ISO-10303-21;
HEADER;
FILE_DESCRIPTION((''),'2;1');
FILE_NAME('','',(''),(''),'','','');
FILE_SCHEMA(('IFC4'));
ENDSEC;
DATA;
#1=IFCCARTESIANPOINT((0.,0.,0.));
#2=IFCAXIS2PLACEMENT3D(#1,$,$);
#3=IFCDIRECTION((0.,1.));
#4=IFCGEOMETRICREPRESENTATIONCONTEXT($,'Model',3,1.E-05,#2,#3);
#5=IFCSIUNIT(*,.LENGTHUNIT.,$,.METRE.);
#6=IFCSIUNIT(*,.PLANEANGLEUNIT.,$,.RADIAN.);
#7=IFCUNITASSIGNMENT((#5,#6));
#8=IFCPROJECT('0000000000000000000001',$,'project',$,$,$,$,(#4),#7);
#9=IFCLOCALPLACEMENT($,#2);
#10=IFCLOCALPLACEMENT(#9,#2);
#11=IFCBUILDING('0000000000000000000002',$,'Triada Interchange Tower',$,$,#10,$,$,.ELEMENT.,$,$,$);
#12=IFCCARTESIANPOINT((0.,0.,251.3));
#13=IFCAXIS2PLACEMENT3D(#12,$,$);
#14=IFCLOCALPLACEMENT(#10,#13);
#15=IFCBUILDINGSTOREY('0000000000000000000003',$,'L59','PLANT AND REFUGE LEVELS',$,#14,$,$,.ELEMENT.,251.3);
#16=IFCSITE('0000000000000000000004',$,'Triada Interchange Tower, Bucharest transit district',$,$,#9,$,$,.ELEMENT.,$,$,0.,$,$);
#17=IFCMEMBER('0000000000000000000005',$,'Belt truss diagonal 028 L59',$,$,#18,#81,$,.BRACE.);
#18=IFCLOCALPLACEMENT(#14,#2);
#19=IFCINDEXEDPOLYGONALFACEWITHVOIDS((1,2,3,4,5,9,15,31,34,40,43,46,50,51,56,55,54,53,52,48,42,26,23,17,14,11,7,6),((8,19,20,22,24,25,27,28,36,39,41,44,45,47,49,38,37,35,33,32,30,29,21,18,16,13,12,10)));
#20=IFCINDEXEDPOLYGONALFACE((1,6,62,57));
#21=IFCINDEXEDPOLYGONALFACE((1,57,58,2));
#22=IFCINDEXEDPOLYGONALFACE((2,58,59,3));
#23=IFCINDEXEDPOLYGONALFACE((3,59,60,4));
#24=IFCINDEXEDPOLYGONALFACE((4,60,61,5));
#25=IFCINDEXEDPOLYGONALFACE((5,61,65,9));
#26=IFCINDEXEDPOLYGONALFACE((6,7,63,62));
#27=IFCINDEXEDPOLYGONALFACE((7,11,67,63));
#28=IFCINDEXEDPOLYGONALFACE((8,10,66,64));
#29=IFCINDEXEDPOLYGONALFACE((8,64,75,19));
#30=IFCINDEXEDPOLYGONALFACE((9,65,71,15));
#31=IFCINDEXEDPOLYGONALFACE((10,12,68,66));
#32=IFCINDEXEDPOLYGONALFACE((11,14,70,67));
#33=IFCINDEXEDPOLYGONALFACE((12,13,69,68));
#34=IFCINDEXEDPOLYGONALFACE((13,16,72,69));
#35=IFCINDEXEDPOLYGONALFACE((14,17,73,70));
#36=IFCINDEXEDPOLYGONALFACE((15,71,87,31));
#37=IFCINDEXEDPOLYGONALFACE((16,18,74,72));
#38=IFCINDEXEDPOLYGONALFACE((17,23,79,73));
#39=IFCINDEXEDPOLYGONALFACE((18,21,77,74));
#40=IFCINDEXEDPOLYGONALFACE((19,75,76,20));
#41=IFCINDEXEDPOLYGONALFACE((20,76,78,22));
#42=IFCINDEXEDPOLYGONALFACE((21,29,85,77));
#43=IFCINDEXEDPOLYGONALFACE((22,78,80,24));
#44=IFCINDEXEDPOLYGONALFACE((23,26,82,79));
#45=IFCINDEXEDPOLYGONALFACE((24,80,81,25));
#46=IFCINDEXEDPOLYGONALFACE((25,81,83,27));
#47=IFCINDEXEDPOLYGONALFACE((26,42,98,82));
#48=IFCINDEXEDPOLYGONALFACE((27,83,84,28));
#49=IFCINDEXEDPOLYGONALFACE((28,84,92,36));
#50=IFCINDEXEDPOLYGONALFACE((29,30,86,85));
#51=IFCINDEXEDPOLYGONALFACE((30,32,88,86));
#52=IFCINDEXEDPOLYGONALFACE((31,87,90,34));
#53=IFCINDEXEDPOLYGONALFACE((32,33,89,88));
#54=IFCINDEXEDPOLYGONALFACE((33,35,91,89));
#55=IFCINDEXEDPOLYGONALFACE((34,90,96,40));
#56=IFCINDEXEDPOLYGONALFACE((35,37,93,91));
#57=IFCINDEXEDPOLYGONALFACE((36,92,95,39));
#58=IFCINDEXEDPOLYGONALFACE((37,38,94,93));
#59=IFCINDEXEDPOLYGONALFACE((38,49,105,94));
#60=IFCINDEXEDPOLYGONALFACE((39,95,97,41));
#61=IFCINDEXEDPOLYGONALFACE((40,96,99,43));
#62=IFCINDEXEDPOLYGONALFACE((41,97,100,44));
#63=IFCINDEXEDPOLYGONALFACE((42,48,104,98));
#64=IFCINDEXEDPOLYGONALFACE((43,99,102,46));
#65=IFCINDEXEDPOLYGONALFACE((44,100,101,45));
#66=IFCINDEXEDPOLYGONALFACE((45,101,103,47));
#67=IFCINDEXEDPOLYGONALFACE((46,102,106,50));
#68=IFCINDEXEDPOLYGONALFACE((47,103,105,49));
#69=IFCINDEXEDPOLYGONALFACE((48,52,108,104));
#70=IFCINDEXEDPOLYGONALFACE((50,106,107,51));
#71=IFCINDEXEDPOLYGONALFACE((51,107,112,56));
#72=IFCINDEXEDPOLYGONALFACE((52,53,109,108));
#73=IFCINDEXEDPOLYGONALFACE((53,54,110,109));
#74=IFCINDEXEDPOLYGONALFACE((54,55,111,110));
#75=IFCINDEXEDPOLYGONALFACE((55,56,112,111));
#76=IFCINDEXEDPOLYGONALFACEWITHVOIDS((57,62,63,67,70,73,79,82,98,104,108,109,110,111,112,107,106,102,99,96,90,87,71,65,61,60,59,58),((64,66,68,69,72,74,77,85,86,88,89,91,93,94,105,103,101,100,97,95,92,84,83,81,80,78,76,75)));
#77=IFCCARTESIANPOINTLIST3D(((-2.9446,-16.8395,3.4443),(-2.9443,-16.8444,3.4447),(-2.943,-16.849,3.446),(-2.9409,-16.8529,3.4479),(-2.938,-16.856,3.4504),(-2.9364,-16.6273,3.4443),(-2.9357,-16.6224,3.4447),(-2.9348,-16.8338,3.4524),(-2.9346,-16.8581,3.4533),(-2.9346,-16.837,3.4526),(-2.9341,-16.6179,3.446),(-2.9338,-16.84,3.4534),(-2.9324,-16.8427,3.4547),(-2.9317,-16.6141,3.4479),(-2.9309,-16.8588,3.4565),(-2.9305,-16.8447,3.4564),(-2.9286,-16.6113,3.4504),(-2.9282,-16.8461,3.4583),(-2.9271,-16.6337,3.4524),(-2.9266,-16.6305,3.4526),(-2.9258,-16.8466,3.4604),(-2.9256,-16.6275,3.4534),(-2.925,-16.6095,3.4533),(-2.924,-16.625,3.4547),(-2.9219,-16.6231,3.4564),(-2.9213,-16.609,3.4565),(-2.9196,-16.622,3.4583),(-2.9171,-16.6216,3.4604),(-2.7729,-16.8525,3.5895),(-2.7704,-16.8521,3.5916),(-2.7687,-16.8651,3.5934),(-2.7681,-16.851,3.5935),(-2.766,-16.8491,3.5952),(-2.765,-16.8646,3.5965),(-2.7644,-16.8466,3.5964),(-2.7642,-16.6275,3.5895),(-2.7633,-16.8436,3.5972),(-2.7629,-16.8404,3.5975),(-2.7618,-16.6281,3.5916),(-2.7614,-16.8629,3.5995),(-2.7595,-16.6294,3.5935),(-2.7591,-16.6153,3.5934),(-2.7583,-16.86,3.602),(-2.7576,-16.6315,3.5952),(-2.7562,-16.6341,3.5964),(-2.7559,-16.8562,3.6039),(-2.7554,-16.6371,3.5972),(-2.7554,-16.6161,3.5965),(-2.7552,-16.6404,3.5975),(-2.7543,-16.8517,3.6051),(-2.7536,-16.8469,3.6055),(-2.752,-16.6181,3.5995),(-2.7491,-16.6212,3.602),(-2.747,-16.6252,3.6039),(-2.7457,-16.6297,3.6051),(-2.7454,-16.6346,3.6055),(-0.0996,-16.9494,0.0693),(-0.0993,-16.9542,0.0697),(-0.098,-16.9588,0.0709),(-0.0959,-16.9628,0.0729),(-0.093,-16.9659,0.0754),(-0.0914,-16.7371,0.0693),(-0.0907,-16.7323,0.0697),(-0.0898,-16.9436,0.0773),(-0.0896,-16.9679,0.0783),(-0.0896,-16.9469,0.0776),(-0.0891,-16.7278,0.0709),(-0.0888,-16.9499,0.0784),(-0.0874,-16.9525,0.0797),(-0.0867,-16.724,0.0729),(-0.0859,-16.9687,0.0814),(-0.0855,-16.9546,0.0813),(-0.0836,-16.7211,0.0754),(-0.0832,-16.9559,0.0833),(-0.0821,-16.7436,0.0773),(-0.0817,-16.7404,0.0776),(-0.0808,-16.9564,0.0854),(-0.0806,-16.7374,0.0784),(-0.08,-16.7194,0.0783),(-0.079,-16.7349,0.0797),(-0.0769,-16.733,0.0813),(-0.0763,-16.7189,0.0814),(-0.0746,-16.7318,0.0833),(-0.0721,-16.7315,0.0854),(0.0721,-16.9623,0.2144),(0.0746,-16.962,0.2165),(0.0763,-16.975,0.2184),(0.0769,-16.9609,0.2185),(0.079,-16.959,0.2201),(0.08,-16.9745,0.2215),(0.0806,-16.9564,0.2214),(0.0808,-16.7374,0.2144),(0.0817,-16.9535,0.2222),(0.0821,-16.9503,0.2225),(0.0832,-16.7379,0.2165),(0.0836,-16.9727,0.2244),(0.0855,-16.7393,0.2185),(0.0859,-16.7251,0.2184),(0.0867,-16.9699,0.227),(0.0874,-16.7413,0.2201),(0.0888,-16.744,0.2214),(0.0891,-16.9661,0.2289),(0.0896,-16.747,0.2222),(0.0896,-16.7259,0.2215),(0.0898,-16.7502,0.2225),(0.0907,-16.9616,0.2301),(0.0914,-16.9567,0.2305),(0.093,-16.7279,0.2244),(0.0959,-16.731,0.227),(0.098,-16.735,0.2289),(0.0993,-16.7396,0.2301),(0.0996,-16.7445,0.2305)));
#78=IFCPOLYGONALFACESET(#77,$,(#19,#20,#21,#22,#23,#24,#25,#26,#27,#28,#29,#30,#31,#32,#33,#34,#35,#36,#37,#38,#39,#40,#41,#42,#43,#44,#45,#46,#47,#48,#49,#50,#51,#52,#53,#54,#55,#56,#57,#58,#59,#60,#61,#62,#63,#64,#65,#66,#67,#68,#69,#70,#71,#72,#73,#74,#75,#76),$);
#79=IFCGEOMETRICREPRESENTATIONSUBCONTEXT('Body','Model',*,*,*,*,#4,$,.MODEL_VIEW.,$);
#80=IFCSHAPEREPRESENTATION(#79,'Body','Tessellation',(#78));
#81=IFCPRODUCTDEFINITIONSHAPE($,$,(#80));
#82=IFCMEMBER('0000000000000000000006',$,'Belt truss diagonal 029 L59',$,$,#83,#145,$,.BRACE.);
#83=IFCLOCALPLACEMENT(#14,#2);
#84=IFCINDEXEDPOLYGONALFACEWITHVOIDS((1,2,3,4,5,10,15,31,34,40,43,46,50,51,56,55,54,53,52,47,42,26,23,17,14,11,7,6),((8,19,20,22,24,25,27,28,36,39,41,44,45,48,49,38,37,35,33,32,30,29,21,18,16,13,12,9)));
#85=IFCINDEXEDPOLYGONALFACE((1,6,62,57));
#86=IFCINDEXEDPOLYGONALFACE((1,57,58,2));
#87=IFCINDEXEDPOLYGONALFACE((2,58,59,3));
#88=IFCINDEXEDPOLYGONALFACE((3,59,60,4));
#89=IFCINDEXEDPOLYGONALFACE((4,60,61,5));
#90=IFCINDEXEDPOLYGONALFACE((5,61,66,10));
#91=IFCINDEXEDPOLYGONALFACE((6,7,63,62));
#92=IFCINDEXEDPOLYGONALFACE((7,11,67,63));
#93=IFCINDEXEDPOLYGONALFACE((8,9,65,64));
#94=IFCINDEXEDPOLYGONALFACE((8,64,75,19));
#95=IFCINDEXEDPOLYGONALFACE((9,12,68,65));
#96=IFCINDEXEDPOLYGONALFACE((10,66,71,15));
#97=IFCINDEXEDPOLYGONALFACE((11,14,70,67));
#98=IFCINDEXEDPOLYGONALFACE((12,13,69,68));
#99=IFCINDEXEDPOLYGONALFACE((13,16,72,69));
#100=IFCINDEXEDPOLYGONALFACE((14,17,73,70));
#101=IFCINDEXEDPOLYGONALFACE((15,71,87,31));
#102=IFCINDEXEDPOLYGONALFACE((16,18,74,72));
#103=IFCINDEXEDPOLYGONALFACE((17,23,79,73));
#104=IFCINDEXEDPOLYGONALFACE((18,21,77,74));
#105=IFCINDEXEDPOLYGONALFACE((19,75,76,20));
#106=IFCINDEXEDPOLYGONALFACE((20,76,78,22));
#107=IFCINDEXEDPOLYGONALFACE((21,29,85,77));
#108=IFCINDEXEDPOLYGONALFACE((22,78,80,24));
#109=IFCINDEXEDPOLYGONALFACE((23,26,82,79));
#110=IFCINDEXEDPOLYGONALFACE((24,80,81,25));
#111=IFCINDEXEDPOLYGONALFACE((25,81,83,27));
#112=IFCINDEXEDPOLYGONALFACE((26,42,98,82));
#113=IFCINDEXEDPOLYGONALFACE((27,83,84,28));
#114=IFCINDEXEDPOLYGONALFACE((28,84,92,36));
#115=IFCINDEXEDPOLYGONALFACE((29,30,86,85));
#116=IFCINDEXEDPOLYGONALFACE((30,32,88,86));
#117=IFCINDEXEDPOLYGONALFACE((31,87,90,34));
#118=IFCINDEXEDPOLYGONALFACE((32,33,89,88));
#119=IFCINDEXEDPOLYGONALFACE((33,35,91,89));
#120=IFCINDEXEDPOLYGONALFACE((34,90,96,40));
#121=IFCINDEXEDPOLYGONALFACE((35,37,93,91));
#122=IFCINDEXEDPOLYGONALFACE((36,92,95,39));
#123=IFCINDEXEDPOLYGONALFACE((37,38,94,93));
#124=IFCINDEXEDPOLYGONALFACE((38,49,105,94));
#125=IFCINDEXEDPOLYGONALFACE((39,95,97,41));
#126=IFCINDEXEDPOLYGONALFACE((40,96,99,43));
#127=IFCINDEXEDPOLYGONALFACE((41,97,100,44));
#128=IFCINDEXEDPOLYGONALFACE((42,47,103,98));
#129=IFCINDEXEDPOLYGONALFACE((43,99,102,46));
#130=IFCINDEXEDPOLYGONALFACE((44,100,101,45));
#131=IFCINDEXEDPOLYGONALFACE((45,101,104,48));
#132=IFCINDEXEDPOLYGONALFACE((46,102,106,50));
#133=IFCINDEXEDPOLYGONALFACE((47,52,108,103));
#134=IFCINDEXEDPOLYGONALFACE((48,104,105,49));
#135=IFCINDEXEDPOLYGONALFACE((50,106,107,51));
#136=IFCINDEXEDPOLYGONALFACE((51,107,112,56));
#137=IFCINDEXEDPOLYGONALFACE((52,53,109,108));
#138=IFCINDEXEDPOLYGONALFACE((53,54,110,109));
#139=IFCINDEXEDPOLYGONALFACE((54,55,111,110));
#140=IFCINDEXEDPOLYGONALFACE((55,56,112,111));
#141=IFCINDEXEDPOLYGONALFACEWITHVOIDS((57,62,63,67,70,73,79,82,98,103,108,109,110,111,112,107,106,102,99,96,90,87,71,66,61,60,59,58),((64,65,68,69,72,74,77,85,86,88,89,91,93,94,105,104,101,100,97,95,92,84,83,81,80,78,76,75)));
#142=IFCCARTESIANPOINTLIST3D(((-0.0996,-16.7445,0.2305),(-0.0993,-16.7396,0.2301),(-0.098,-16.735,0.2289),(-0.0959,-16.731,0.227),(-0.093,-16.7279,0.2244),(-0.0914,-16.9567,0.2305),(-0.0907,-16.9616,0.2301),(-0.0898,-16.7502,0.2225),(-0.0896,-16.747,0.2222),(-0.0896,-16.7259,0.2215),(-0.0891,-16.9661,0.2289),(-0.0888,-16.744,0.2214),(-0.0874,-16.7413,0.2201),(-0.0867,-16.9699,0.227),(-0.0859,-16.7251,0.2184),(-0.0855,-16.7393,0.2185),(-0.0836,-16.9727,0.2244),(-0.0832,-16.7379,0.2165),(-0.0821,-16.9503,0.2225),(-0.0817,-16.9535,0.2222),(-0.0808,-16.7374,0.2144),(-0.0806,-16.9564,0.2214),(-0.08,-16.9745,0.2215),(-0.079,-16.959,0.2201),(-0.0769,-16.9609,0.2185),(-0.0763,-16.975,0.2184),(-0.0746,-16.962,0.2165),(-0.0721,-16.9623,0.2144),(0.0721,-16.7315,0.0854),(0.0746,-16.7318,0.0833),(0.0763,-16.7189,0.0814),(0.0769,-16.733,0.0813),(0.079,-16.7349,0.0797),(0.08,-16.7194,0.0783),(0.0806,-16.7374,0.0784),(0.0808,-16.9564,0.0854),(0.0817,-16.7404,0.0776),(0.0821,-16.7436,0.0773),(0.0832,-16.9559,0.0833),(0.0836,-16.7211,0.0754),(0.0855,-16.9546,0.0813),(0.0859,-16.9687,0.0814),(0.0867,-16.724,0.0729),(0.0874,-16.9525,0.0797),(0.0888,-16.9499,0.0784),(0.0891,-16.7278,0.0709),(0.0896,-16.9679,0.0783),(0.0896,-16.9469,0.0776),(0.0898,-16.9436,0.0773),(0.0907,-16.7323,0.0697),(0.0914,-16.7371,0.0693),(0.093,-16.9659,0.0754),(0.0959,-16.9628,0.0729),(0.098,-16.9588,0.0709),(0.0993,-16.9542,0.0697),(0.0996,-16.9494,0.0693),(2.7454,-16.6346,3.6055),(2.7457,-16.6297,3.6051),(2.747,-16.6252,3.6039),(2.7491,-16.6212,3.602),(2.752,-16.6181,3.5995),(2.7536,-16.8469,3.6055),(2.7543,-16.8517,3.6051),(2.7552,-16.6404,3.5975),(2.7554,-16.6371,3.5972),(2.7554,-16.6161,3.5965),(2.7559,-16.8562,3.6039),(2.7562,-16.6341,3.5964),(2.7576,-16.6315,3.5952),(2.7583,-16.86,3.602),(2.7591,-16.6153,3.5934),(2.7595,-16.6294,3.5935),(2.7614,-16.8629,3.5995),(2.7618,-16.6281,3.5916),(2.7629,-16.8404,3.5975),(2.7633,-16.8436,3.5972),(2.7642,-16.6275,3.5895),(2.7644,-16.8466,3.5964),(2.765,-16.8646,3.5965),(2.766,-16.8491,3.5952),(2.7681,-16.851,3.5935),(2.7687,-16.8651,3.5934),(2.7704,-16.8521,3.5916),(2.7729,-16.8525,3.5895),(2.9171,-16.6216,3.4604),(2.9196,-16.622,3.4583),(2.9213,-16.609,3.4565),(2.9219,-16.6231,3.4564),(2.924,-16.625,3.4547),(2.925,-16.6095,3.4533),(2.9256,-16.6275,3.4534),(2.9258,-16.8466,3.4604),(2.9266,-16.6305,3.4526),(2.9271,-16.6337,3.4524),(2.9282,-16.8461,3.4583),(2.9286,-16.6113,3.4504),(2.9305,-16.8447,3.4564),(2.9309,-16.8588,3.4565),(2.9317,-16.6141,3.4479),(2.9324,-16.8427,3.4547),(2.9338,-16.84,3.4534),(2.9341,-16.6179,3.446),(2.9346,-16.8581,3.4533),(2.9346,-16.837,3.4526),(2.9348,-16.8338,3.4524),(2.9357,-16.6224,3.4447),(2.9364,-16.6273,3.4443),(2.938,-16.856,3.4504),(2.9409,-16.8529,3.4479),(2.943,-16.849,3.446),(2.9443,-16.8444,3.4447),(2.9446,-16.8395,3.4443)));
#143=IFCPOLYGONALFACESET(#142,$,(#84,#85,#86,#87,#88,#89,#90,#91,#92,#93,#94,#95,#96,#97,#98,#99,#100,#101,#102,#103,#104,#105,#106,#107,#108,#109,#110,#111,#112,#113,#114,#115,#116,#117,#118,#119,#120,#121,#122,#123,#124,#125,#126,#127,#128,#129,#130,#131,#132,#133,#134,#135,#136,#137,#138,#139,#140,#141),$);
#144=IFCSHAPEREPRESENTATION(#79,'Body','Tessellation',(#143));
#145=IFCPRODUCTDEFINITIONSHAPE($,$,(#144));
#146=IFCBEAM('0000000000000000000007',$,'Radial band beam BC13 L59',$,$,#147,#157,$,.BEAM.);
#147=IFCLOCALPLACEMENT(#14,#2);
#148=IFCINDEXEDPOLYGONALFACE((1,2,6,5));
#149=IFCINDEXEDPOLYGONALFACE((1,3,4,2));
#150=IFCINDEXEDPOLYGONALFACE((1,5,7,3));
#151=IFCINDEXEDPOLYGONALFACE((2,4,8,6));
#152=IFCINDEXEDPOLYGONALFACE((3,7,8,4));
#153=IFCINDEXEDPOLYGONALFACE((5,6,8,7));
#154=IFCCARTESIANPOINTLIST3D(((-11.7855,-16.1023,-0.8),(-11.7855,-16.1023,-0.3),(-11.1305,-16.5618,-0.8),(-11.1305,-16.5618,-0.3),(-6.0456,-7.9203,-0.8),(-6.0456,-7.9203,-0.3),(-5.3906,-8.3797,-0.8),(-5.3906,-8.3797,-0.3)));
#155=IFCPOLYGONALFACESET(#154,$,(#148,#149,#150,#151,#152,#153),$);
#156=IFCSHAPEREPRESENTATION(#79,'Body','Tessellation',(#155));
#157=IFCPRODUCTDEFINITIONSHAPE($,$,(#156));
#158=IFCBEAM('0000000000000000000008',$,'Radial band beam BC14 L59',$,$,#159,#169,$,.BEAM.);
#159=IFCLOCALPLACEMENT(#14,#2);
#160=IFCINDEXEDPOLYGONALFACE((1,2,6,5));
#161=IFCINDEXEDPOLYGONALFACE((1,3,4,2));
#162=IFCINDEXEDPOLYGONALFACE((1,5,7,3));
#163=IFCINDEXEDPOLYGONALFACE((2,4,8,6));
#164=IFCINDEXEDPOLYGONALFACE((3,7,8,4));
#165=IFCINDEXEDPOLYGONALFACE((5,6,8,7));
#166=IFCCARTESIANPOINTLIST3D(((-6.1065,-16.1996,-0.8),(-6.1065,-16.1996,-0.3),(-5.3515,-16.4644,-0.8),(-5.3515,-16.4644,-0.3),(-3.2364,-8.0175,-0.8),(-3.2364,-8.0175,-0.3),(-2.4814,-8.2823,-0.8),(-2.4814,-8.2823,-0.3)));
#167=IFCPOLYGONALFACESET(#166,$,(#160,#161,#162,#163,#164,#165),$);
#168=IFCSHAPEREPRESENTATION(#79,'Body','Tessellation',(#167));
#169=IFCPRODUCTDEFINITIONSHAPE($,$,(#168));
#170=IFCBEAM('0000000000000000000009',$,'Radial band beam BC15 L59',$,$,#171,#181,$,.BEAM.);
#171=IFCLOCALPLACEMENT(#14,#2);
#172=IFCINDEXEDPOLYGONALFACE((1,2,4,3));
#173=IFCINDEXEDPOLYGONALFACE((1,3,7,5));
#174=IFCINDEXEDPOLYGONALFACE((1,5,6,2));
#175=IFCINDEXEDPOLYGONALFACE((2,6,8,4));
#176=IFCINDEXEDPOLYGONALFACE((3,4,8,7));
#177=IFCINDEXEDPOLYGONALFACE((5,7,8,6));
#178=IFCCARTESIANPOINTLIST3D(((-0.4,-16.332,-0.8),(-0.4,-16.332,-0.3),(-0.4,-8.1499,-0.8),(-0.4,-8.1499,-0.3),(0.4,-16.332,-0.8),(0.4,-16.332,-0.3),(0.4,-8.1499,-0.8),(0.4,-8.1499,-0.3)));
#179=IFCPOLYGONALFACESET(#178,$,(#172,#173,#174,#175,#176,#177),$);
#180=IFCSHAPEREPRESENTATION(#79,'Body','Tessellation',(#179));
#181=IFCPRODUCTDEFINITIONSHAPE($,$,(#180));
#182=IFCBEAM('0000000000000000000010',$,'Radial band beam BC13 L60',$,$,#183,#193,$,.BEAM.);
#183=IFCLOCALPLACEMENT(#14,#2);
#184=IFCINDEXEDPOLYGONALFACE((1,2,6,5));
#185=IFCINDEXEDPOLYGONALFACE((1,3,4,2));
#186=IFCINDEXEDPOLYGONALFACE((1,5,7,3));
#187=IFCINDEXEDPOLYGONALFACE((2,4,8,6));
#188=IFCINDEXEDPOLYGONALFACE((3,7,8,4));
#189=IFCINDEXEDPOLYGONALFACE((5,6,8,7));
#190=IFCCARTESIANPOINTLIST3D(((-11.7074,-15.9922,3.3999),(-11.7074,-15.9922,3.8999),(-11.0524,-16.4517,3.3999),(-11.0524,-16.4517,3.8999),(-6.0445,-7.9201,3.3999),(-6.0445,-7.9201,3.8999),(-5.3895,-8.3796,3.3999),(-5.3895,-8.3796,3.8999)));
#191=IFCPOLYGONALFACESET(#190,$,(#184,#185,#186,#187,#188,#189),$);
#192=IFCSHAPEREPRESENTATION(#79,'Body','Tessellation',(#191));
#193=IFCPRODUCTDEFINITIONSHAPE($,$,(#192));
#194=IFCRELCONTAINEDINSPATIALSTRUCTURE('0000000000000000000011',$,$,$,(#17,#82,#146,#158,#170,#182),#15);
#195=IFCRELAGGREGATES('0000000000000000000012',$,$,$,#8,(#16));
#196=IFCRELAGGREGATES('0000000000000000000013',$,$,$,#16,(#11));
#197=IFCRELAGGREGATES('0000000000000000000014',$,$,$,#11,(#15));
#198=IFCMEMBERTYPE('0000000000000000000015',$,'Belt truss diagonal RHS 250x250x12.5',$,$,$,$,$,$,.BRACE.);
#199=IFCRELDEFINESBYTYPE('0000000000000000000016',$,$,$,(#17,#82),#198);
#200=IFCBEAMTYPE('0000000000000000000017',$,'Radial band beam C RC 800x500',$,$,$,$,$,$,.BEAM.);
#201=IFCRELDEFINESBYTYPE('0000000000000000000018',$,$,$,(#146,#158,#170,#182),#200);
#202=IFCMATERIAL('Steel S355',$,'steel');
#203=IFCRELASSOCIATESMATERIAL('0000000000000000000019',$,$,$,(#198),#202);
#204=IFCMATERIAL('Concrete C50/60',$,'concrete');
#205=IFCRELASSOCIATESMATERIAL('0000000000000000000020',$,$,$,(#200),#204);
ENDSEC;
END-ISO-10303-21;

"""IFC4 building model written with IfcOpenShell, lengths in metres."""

from ifc_helpers import new_model, si_unit, direction, frame, origin, origin_2d, place, context, subcontext, project, spatial, rectangle, hollow_rectangle, extrude, material, material_profile, profile_set, type_object, element, save


model = new_model("IFC4")

# Units and contexts
model_context = context("Model", 3, precision=1e-05, world=origin(), true_north=direction((0.0, 1.0)))
body_context = subcontext(model_context, "Body", "Model", "MODEL_VIEW")
ifc_project = project(units=[si_unit("LENGTHUNIT", "METRE"), si_unit("PLANEANGLEUNIT", "RADIAN")], contexts=[model_context])

# Site, building, storey
site_placement = place(None, origin())
site = spatial("IfcSite", under=ifc_project, at=site_placement, Name="Triada Interchange Tower, Bucharest transit district", CompositionType="ELEMENT", RefElevation=0.0)
building_placement = place(site_placement, origin())
building = spatial("IfcBuilding", under=site, at=building_placement, Name="Triada Interchange Tower", CompositionType="ELEMENT")
storey_placement = place(building_placement, frame((0.0, 0.0, 251.3)))
storey = spatial("IfcBuildingStorey", under=building, at=storey_placement, Name="L59", Description="PLANT AND REFUGE LEVELS", CompositionType="ELEMENT", Elevation=251.3)

# Shared definitions
ifc_material_1 = material(Name="Concrete C50/60", Category="concrete")

# Members
ifc_material_2 = material(Name="Steel S355", Category="steel")
ifc_material_profile_1 = material_profile(ifc_material_2, hollow_rectangle(XDim=0.25, YDim=0.25, WallThickness=0.0125, InnerFilletRadius=0.0125, OuterFilletRadius=0.0188, at=origin_2d()), Name="RHS 250x250x12.5")
ifc_profile_set_1 = profile_set([ifc_material_profile_1], Name="Steel S355")
member_type = type_object("IfcMemberType", Name="Belt truss diagonal RHS 250x250x12.5", PredefinedType="BRACE", material=ifc_profile_set_1)
for number, where, z_axis, x_axis, name in (
    (1, (0.0, -16.8469, 0.1499), (-0.644316, 0.024881, 0.764355), (-0.038588, -0.999255, 0.0), "Belt truss diagonal 028 L59"),
    (2, (0.0, -16.8469, 0.1499), (0.644316, 0.024881, 0.764355), (-0.038588, 0.999255, 0.0), "Belt truss diagonal 029 L59"),
):
    element("IfcMember", number, at=place(storey_placement, frame(where, z_axis=z_axis, x_axis=x_axis)), inside=storey, type_object=member_type, Name=name, PredefinedType="BRACE", context=body_context, shape_type="SweptSolid", body=[
        extrude(hollow_rectangle(XDim=0.25, YDim=0.25, WallThickness=0.0125, InnerFilletRadius=0.0125, OuterFilletRadius=0.0188, at=origin_2d()), origin(), (0.0, 0.0, 1.0), 4.4155),
    ])

# Beams
ifc_material_profile_2 = material_profile(ifc_material_1, rectangle(XDim=0.8, YDim=0.5, at=origin_2d()), Name="RC 800x500")
ifc_profile_set_2 = profile_set([ifc_material_profile_2], Name="Concrete C50/60")
beam_type_1 = type_object("IfcBeamType", Name="Radial band beam C RC 800x500", PredefinedType="BEAM", material=ifc_profile_set_2)
beam_1_placement = place(storey_placement, frame((-11.458, -16.332, -0.55), z_axis=(0.574301, 0.818644, 0.0), x_axis=(-0.818644, 0.574301, 0.0)))
element("IfcBeam", 3, at=beam_1_placement, inside=storey, type_object=beam_type_1, Name="Radial band beam BC13 L59", PredefinedType="BEAM", context=body_context, shape_type="SweptSolid", body=[
    extrude(rectangle(XDim=0.8, YDim=0.5, at=origin_2d()), origin(), (0.0, 0.0, 1.0), 9.9946),
])
beam_2_placement = place(storey_placement, frame((-5.729, -16.332, -0.55), z_axis=(0.331005, 0.943629, 0.0), x_axis=(-0.943629, 0.331005, 0.0)))
element("IfcBeam", 4, at=beam_2_placement, inside=storey, type_object=beam_type_1, Name="Radial band beam BC14 L59", PredefinedType="BEAM", context=body_context, shape_type="SweptSolid", body=[
    extrude(rectangle(XDim=0.8, YDim=0.5, at=origin_2d()), origin(), (0.0, 0.0, 1.0), 8.6709),
])
beam_3_placement = place(storey_placement, frame((0.0, -16.332, -0.55), z_axis=(0.0, 1.0, 0.0), x_axis=(-1.0, 0.0, 0.0)))
element("IfcBeam", 5, at=beam_3_placement, inside=storey, type_object=beam_type_1, Name="Radial band beam BC15 L59", PredefinedType="BEAM", context=body_context, shape_type="SweptSolid", body=[
    extrude(rectangle(XDim=0.8, YDim=0.5, at=origin_2d()), origin(), (0.0, 0.0, 1.0), 8.1821),
])
beam_4_placement = place(storey_placement, frame((-11.3799, -16.2219, 3.6499), z_axis=(0.574308, 0.818639, 0.0), x_axis=(-0.818639, 0.574308, 0.0)))
element("IfcBeam", 6, at=beam_4_placement, inside=storey, type_object=beam_type_1, Name="Radial band beam BC13 L60", PredefinedType="BEAM", context=body_context, shape_type="SweptSolid", body=[
    extrude(rectangle(XDim=0.8, YDim=0.5, at=origin_2d()), origin(), (0.0, 0.0, 1.0), 9.8604),
])

save(model, "model.ifc")
